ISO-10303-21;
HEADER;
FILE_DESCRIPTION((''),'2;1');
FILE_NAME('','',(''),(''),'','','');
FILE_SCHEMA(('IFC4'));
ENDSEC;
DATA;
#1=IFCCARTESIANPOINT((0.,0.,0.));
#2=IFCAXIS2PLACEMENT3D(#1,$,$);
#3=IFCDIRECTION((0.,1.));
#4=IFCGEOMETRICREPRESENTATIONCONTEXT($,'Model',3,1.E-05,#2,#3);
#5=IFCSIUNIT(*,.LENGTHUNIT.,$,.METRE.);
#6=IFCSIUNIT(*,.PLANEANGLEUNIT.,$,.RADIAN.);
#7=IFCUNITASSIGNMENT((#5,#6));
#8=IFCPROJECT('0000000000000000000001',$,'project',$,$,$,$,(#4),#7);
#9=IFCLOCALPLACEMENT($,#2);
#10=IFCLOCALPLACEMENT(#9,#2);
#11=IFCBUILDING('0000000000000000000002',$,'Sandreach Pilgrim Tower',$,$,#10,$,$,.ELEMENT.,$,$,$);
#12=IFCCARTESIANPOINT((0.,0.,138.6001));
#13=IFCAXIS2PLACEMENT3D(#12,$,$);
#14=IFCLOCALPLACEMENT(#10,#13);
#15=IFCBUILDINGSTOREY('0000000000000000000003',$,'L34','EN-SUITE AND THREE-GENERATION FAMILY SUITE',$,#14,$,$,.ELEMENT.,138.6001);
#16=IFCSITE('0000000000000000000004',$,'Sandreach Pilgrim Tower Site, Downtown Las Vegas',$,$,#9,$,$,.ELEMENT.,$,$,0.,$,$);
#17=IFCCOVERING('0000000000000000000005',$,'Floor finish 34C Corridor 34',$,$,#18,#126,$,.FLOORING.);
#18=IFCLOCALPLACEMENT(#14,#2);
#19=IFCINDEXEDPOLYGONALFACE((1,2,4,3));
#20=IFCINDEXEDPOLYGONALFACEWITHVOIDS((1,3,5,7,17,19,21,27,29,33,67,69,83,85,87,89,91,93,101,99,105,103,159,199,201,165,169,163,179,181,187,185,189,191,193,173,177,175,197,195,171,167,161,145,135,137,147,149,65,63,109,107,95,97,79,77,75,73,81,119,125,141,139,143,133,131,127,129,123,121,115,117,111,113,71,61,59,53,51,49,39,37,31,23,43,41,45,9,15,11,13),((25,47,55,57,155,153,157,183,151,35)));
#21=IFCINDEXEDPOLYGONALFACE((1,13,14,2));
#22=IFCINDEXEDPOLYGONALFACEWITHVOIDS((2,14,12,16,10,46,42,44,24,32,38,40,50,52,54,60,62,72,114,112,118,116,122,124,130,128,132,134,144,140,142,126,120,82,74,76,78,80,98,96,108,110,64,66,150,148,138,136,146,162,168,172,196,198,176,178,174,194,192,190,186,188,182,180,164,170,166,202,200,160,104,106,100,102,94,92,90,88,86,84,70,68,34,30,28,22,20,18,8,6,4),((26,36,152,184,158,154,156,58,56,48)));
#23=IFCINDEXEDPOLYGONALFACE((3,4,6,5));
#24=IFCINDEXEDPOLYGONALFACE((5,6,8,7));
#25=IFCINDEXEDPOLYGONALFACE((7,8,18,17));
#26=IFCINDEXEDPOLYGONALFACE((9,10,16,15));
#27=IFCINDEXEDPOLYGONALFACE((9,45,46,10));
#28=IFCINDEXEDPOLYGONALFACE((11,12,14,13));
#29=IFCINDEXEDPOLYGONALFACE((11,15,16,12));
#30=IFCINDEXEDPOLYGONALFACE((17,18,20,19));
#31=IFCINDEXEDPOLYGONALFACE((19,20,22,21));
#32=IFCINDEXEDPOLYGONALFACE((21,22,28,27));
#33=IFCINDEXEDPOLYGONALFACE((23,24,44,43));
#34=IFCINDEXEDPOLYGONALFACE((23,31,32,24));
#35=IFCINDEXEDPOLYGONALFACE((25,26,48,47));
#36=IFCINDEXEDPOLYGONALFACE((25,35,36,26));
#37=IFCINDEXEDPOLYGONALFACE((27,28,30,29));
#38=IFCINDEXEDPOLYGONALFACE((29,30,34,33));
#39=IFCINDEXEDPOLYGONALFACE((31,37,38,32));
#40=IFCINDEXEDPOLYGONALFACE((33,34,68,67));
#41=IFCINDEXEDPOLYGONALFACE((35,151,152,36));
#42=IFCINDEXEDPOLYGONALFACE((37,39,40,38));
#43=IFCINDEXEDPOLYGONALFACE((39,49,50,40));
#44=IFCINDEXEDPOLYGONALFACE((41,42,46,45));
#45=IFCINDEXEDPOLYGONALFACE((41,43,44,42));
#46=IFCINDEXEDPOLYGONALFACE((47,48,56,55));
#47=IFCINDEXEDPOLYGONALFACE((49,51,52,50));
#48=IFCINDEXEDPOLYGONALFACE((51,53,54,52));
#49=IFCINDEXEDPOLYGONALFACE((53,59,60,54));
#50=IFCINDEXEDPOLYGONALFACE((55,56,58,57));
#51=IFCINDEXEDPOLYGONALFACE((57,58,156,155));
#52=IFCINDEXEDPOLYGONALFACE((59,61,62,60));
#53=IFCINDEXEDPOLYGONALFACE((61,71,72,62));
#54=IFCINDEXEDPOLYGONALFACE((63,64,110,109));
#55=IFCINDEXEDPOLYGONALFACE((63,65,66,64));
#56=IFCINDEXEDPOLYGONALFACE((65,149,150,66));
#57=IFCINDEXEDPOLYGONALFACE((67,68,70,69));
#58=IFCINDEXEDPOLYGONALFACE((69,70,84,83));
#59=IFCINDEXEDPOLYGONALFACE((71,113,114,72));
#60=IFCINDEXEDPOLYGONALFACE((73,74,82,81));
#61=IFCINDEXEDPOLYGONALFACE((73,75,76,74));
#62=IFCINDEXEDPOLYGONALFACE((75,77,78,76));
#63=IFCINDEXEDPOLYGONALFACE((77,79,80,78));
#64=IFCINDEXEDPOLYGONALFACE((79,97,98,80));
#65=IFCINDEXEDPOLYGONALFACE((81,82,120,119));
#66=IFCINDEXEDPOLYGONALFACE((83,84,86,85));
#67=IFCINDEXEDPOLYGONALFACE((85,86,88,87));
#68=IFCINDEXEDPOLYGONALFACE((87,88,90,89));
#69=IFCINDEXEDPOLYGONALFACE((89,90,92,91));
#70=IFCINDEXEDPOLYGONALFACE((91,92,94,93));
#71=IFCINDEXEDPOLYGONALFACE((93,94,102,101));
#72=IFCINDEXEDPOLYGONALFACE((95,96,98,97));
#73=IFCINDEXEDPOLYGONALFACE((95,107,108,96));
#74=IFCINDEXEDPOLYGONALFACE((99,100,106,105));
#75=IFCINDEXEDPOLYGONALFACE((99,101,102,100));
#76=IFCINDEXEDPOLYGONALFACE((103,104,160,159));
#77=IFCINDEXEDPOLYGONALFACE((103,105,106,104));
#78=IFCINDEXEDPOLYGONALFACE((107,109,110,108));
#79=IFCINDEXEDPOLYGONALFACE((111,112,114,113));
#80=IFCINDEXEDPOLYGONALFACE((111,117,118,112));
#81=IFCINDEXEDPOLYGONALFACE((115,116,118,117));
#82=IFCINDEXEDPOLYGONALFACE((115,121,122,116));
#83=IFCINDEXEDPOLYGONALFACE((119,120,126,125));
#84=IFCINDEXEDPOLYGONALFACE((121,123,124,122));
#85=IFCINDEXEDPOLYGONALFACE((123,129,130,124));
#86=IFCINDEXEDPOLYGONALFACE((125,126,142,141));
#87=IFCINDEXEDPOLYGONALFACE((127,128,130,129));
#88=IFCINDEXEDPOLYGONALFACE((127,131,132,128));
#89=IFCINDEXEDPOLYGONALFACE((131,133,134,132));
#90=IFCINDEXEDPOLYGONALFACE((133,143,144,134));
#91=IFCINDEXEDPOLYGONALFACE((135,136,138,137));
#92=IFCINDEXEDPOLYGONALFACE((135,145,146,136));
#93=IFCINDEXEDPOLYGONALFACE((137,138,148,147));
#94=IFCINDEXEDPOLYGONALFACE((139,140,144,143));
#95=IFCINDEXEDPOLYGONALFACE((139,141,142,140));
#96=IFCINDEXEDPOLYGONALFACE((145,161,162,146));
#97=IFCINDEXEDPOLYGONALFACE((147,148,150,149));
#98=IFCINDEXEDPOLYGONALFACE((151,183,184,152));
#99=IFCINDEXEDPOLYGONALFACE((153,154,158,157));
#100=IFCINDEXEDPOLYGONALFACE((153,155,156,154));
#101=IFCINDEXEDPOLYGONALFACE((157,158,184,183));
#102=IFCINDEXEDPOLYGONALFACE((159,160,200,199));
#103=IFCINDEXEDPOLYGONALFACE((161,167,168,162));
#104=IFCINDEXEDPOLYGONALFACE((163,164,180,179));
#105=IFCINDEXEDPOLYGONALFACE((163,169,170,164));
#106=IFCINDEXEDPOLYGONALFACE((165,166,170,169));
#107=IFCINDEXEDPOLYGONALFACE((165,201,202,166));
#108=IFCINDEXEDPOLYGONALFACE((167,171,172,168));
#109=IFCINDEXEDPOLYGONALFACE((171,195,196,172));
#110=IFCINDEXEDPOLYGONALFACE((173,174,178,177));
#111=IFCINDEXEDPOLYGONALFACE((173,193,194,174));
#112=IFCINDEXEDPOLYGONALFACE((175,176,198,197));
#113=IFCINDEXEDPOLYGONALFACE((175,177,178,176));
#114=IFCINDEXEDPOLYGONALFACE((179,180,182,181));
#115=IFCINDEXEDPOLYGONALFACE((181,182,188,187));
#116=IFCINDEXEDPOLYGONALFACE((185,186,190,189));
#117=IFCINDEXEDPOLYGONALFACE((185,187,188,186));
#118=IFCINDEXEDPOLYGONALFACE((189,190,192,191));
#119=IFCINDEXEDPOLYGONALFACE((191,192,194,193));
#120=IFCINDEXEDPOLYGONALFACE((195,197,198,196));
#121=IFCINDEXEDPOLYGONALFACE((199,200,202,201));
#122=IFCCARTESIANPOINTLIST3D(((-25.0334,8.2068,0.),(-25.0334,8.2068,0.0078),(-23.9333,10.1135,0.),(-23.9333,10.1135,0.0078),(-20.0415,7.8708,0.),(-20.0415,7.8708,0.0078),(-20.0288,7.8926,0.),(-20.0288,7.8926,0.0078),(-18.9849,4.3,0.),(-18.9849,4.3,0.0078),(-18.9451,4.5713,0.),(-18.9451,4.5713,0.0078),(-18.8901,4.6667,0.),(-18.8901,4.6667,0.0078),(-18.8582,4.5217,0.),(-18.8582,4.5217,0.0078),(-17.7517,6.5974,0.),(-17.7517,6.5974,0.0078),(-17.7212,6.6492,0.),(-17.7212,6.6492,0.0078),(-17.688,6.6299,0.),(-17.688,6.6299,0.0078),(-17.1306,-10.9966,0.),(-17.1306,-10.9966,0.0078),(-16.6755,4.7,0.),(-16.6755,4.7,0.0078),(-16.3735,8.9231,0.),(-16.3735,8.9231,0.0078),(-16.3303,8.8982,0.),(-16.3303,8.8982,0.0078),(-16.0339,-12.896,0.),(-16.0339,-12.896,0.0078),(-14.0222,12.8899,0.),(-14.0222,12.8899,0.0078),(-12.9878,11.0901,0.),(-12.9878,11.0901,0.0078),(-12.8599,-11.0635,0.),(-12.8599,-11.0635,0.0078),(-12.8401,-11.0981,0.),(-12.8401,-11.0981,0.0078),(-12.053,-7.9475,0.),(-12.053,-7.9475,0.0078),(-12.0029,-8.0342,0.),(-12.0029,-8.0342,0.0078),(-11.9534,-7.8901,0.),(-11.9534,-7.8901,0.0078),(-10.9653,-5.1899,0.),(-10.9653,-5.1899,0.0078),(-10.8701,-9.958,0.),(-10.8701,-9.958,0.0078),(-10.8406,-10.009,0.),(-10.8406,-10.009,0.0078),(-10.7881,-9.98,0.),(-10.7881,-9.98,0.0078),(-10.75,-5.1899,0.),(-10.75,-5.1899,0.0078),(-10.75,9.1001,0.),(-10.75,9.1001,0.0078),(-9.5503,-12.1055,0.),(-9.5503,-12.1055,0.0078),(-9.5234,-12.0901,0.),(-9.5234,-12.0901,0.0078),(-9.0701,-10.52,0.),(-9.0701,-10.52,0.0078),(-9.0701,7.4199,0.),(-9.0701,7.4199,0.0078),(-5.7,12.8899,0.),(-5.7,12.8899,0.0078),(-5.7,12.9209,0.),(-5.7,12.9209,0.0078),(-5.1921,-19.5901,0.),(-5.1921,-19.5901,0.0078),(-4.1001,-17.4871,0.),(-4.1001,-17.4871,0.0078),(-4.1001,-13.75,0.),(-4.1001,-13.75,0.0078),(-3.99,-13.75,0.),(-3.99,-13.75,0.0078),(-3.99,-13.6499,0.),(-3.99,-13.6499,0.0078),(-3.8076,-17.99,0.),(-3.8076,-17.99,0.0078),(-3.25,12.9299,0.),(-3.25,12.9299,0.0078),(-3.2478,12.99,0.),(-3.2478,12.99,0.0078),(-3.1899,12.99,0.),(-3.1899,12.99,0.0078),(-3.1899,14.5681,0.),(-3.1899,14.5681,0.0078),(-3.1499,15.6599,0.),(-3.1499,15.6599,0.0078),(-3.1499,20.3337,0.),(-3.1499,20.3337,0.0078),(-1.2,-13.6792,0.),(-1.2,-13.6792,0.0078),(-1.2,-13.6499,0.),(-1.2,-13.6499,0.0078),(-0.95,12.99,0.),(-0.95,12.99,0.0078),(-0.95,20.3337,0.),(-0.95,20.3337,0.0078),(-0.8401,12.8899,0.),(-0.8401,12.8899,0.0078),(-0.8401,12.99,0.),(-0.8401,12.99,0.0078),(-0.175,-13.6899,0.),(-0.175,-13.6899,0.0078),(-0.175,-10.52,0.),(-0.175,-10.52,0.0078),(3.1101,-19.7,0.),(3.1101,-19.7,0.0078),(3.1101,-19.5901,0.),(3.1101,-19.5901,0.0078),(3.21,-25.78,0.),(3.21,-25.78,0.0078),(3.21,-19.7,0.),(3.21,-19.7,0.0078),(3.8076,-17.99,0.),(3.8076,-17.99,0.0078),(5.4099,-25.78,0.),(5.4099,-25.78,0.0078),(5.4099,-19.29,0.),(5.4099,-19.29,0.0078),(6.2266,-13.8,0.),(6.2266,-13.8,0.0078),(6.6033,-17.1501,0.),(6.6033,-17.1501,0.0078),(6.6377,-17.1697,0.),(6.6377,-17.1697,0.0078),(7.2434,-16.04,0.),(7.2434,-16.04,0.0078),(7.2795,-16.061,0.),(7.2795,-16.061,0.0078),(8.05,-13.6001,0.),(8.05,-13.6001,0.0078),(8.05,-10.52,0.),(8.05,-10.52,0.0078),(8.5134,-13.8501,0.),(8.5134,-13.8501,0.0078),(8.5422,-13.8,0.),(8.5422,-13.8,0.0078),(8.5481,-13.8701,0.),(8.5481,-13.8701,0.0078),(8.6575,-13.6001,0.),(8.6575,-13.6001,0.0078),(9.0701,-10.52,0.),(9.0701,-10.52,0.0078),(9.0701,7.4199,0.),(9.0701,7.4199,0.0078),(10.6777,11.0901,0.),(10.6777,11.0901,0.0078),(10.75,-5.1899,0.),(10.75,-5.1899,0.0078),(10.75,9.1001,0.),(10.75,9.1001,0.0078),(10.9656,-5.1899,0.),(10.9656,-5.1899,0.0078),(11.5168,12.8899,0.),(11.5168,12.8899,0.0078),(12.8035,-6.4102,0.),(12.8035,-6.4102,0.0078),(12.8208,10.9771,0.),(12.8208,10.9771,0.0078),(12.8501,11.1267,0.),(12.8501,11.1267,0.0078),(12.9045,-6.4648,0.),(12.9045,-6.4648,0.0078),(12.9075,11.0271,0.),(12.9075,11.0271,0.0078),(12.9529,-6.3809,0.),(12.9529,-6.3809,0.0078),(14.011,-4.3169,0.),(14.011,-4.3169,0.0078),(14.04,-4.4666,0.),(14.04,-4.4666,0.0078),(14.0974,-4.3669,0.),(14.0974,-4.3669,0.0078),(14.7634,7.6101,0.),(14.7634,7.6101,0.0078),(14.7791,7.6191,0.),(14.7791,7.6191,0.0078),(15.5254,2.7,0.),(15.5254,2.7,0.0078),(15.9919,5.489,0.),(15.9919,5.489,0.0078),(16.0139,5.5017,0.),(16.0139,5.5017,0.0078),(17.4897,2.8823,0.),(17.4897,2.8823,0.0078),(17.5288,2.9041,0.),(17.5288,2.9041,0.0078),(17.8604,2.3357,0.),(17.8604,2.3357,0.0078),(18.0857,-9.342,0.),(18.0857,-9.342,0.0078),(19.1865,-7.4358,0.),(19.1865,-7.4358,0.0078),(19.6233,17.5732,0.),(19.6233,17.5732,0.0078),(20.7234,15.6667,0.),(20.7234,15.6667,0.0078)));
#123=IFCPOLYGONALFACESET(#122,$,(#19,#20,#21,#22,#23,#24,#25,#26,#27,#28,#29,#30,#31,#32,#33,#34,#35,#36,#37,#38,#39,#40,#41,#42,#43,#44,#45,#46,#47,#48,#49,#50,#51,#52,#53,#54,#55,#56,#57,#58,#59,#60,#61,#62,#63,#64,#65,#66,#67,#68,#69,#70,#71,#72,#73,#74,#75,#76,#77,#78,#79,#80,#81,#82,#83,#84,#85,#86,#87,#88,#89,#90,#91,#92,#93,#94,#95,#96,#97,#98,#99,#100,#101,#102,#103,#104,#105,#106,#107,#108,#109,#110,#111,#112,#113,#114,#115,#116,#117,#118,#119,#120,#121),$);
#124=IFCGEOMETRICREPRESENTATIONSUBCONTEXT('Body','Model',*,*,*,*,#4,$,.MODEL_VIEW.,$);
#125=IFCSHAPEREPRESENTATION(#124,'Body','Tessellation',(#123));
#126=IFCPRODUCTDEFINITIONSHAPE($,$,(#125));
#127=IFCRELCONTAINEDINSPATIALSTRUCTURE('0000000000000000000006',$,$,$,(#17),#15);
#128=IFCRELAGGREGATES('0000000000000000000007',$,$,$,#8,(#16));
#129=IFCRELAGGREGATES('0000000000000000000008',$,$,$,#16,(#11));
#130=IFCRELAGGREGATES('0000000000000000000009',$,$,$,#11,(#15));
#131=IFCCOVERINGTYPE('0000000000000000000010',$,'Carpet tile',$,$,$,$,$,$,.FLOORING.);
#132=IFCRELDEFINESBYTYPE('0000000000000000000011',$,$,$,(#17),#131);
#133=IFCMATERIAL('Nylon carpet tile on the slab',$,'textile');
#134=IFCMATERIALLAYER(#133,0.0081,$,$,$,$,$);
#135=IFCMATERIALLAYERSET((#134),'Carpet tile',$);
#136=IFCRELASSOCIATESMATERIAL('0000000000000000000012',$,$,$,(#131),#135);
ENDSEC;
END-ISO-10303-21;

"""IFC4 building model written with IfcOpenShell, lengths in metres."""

from ifc_helpers import new_model, si_unit, direction, frame, origin, place, context, subcontext, project, spatial, polyline, outline, extrude, material, layer, layer_set, type_object, element, save


model = new_model("IFC4")

# Units and contexts
model_context = context("Model", 3, precision=1e-05, world=origin(), true_north=direction((0.0, 1.0)))
body_context = subcontext(model_context, "Body", "Model", "MODEL_VIEW")
ifc_project = project(units=[si_unit("LENGTHUNIT", "METRE"), si_unit("PLANEANGLEUNIT", "RADIAN")], contexts=[model_context])

# Site, building, storey
site_placement = place(None, origin())
site = spatial("IfcSite", under=ifc_project, at=site_placement, Name="Sandreach Pilgrim Tower Site, Downtown Las Vegas", CompositionType="ELEMENT", RefElevation=0.0)
building_placement = place(site_placement, origin())
building = spatial("IfcBuilding", under=site, at=building_placement, Name="Sandreach Pilgrim Tower", CompositionType="ELEMENT")
storey_placement = place(building_placement, frame((0.0, 0.0, 138.6001)))
storey = spatial("IfcBuildingStorey", under=building, at=storey_placement, Name="L34", Description="EN-SUITE AND THREE-GENERATION FAMILY SUITE", CompositionType="ELEMENT", Elevation=138.6001)

# Covering
ifc_material_1 = material(Name="Nylon carpet tile on the slab", Category="textile")
ifc_layer_1 = layer(ifc_material_1, 0.0081)
ifc_layer_set_1 = layer_set([ifc_layer_1], Name="Carpet tile")
covering_type_1 = type_object("IfcCoveringType", Name="Carpet tile", PredefinedType="FLOORING", material=ifc_layer_set_1)
covering_1_placement = place(storey_placement, origin())
element("IfcCovering", 1, at=covering_1_placement, inside=storey, type_object=covering_type_1, Name="Floor finish 34C Corridor 34", PredefinedType="FLOORING", context=body_context, shape_type="SweptSolid", body=[
    extrude(outline(polyline([(-25.0334, 8.2068), (-23.9333, 10.1135), (-20.0415, 7.8708), (-20.0288, 7.8926), (-17.7517, 6.5974), (-17.7212, 6.6492), (-17.688, 6.6299), (-16.3735, 8.9231), (-16.3303, 8.8982), (-14.0222, 12.8899), (-5.7, 12.8899), (-5.7, 12.9209), (-3.25, 12.9299), (-3.2478, 12.99), (-3.1899, 12.99), (-3.1899, 14.5681), (-3.1499, 15.6599), (-3.1499, 20.3337), (-0.95, 20.3337), (-0.95, 12.99), (-0.8401, 12.99), (-0.8401, 12.8899), (11.5168, 12.8899), (19.6233, 17.5732), (20.7234, 15.6667), (12.8501, 11.1267), (12.9075, 11.0271), (12.8208, 10.9771), (14.7634, 7.6101), (14.7791, 7.6191), (16.0139, 5.5017), (15.9919, 5.489), (17.4897, 2.8823), (17.5288, 2.9041), (17.8604, 2.3357), (14.011, -4.3169), (14.0974, -4.3669), (14.04, -4.4666), (19.1865, -7.4358), (18.0857, -9.342), (12.9529, -6.3809), (12.9045, -6.4648), (12.8035, -6.4102), (8.6575, -13.6001), (8.05, -13.6001), (8.05, -10.52), (9.0701, -10.52), (9.0701, 7.4199), (-9.0701, 7.4199), (-9.0701, -10.52), (-0.175, -10.52), (-0.175, -13.6899), (-1.2, -13.6792), (-1.2, -13.6499), (-3.99, -13.6499), (-3.99, -13.75), (-4.1001, -13.75), (-4.1001, -17.4871), (-3.8076, -17.99), (3.8076, -17.99), (6.2266, -13.8), (8.5422, -13.8), (8.5134, -13.8501), (8.5481, -13.8701), (7.2795, -16.061), (7.2434, -16.04), (6.6033, -17.1501), (6.6377, -17.1697), (5.4099, -19.29), (5.4099, -25.78), (3.21, -25.78), (3.21, -19.7), (3.1101, -19.7), (3.1101, -19.5901), (-5.1921, -19.5901), (-9.5234, -12.0901), (-9.5503, -12.1055), (-10.7881, -9.98), (-10.8406, -10.009), (-10.8701, -9.958), (-12.8401, -11.0981), (-12.8599, -11.0635), (-16.0339, -12.896), (-17.1306, -10.9966), (-12.0029, -8.0342), (-12.053, -7.9475), (-11.9534, -7.8901), (-18.9849, 4.3), (-18.8582, 4.5217), (-18.9451, 4.5713), (-18.8901, 4.6667), (-25.0334, 8.2068)]), holes=[polyline([(-10.9653, -5.1899), (-10.75, -5.1899), (-10.75, 9.1001), (10.75, 9.1001), (10.75, -5.1899), (10.9656, -5.1899), (15.5254, 2.7), (10.6777, 11.0901), (-12.9878, 11.0901), (-16.6755, 4.7), (-10.9653, -5.1899)])]), origin(), (0.0, 0.0, 1.0), 0.0078),
])

save(model, "model.ifc")
